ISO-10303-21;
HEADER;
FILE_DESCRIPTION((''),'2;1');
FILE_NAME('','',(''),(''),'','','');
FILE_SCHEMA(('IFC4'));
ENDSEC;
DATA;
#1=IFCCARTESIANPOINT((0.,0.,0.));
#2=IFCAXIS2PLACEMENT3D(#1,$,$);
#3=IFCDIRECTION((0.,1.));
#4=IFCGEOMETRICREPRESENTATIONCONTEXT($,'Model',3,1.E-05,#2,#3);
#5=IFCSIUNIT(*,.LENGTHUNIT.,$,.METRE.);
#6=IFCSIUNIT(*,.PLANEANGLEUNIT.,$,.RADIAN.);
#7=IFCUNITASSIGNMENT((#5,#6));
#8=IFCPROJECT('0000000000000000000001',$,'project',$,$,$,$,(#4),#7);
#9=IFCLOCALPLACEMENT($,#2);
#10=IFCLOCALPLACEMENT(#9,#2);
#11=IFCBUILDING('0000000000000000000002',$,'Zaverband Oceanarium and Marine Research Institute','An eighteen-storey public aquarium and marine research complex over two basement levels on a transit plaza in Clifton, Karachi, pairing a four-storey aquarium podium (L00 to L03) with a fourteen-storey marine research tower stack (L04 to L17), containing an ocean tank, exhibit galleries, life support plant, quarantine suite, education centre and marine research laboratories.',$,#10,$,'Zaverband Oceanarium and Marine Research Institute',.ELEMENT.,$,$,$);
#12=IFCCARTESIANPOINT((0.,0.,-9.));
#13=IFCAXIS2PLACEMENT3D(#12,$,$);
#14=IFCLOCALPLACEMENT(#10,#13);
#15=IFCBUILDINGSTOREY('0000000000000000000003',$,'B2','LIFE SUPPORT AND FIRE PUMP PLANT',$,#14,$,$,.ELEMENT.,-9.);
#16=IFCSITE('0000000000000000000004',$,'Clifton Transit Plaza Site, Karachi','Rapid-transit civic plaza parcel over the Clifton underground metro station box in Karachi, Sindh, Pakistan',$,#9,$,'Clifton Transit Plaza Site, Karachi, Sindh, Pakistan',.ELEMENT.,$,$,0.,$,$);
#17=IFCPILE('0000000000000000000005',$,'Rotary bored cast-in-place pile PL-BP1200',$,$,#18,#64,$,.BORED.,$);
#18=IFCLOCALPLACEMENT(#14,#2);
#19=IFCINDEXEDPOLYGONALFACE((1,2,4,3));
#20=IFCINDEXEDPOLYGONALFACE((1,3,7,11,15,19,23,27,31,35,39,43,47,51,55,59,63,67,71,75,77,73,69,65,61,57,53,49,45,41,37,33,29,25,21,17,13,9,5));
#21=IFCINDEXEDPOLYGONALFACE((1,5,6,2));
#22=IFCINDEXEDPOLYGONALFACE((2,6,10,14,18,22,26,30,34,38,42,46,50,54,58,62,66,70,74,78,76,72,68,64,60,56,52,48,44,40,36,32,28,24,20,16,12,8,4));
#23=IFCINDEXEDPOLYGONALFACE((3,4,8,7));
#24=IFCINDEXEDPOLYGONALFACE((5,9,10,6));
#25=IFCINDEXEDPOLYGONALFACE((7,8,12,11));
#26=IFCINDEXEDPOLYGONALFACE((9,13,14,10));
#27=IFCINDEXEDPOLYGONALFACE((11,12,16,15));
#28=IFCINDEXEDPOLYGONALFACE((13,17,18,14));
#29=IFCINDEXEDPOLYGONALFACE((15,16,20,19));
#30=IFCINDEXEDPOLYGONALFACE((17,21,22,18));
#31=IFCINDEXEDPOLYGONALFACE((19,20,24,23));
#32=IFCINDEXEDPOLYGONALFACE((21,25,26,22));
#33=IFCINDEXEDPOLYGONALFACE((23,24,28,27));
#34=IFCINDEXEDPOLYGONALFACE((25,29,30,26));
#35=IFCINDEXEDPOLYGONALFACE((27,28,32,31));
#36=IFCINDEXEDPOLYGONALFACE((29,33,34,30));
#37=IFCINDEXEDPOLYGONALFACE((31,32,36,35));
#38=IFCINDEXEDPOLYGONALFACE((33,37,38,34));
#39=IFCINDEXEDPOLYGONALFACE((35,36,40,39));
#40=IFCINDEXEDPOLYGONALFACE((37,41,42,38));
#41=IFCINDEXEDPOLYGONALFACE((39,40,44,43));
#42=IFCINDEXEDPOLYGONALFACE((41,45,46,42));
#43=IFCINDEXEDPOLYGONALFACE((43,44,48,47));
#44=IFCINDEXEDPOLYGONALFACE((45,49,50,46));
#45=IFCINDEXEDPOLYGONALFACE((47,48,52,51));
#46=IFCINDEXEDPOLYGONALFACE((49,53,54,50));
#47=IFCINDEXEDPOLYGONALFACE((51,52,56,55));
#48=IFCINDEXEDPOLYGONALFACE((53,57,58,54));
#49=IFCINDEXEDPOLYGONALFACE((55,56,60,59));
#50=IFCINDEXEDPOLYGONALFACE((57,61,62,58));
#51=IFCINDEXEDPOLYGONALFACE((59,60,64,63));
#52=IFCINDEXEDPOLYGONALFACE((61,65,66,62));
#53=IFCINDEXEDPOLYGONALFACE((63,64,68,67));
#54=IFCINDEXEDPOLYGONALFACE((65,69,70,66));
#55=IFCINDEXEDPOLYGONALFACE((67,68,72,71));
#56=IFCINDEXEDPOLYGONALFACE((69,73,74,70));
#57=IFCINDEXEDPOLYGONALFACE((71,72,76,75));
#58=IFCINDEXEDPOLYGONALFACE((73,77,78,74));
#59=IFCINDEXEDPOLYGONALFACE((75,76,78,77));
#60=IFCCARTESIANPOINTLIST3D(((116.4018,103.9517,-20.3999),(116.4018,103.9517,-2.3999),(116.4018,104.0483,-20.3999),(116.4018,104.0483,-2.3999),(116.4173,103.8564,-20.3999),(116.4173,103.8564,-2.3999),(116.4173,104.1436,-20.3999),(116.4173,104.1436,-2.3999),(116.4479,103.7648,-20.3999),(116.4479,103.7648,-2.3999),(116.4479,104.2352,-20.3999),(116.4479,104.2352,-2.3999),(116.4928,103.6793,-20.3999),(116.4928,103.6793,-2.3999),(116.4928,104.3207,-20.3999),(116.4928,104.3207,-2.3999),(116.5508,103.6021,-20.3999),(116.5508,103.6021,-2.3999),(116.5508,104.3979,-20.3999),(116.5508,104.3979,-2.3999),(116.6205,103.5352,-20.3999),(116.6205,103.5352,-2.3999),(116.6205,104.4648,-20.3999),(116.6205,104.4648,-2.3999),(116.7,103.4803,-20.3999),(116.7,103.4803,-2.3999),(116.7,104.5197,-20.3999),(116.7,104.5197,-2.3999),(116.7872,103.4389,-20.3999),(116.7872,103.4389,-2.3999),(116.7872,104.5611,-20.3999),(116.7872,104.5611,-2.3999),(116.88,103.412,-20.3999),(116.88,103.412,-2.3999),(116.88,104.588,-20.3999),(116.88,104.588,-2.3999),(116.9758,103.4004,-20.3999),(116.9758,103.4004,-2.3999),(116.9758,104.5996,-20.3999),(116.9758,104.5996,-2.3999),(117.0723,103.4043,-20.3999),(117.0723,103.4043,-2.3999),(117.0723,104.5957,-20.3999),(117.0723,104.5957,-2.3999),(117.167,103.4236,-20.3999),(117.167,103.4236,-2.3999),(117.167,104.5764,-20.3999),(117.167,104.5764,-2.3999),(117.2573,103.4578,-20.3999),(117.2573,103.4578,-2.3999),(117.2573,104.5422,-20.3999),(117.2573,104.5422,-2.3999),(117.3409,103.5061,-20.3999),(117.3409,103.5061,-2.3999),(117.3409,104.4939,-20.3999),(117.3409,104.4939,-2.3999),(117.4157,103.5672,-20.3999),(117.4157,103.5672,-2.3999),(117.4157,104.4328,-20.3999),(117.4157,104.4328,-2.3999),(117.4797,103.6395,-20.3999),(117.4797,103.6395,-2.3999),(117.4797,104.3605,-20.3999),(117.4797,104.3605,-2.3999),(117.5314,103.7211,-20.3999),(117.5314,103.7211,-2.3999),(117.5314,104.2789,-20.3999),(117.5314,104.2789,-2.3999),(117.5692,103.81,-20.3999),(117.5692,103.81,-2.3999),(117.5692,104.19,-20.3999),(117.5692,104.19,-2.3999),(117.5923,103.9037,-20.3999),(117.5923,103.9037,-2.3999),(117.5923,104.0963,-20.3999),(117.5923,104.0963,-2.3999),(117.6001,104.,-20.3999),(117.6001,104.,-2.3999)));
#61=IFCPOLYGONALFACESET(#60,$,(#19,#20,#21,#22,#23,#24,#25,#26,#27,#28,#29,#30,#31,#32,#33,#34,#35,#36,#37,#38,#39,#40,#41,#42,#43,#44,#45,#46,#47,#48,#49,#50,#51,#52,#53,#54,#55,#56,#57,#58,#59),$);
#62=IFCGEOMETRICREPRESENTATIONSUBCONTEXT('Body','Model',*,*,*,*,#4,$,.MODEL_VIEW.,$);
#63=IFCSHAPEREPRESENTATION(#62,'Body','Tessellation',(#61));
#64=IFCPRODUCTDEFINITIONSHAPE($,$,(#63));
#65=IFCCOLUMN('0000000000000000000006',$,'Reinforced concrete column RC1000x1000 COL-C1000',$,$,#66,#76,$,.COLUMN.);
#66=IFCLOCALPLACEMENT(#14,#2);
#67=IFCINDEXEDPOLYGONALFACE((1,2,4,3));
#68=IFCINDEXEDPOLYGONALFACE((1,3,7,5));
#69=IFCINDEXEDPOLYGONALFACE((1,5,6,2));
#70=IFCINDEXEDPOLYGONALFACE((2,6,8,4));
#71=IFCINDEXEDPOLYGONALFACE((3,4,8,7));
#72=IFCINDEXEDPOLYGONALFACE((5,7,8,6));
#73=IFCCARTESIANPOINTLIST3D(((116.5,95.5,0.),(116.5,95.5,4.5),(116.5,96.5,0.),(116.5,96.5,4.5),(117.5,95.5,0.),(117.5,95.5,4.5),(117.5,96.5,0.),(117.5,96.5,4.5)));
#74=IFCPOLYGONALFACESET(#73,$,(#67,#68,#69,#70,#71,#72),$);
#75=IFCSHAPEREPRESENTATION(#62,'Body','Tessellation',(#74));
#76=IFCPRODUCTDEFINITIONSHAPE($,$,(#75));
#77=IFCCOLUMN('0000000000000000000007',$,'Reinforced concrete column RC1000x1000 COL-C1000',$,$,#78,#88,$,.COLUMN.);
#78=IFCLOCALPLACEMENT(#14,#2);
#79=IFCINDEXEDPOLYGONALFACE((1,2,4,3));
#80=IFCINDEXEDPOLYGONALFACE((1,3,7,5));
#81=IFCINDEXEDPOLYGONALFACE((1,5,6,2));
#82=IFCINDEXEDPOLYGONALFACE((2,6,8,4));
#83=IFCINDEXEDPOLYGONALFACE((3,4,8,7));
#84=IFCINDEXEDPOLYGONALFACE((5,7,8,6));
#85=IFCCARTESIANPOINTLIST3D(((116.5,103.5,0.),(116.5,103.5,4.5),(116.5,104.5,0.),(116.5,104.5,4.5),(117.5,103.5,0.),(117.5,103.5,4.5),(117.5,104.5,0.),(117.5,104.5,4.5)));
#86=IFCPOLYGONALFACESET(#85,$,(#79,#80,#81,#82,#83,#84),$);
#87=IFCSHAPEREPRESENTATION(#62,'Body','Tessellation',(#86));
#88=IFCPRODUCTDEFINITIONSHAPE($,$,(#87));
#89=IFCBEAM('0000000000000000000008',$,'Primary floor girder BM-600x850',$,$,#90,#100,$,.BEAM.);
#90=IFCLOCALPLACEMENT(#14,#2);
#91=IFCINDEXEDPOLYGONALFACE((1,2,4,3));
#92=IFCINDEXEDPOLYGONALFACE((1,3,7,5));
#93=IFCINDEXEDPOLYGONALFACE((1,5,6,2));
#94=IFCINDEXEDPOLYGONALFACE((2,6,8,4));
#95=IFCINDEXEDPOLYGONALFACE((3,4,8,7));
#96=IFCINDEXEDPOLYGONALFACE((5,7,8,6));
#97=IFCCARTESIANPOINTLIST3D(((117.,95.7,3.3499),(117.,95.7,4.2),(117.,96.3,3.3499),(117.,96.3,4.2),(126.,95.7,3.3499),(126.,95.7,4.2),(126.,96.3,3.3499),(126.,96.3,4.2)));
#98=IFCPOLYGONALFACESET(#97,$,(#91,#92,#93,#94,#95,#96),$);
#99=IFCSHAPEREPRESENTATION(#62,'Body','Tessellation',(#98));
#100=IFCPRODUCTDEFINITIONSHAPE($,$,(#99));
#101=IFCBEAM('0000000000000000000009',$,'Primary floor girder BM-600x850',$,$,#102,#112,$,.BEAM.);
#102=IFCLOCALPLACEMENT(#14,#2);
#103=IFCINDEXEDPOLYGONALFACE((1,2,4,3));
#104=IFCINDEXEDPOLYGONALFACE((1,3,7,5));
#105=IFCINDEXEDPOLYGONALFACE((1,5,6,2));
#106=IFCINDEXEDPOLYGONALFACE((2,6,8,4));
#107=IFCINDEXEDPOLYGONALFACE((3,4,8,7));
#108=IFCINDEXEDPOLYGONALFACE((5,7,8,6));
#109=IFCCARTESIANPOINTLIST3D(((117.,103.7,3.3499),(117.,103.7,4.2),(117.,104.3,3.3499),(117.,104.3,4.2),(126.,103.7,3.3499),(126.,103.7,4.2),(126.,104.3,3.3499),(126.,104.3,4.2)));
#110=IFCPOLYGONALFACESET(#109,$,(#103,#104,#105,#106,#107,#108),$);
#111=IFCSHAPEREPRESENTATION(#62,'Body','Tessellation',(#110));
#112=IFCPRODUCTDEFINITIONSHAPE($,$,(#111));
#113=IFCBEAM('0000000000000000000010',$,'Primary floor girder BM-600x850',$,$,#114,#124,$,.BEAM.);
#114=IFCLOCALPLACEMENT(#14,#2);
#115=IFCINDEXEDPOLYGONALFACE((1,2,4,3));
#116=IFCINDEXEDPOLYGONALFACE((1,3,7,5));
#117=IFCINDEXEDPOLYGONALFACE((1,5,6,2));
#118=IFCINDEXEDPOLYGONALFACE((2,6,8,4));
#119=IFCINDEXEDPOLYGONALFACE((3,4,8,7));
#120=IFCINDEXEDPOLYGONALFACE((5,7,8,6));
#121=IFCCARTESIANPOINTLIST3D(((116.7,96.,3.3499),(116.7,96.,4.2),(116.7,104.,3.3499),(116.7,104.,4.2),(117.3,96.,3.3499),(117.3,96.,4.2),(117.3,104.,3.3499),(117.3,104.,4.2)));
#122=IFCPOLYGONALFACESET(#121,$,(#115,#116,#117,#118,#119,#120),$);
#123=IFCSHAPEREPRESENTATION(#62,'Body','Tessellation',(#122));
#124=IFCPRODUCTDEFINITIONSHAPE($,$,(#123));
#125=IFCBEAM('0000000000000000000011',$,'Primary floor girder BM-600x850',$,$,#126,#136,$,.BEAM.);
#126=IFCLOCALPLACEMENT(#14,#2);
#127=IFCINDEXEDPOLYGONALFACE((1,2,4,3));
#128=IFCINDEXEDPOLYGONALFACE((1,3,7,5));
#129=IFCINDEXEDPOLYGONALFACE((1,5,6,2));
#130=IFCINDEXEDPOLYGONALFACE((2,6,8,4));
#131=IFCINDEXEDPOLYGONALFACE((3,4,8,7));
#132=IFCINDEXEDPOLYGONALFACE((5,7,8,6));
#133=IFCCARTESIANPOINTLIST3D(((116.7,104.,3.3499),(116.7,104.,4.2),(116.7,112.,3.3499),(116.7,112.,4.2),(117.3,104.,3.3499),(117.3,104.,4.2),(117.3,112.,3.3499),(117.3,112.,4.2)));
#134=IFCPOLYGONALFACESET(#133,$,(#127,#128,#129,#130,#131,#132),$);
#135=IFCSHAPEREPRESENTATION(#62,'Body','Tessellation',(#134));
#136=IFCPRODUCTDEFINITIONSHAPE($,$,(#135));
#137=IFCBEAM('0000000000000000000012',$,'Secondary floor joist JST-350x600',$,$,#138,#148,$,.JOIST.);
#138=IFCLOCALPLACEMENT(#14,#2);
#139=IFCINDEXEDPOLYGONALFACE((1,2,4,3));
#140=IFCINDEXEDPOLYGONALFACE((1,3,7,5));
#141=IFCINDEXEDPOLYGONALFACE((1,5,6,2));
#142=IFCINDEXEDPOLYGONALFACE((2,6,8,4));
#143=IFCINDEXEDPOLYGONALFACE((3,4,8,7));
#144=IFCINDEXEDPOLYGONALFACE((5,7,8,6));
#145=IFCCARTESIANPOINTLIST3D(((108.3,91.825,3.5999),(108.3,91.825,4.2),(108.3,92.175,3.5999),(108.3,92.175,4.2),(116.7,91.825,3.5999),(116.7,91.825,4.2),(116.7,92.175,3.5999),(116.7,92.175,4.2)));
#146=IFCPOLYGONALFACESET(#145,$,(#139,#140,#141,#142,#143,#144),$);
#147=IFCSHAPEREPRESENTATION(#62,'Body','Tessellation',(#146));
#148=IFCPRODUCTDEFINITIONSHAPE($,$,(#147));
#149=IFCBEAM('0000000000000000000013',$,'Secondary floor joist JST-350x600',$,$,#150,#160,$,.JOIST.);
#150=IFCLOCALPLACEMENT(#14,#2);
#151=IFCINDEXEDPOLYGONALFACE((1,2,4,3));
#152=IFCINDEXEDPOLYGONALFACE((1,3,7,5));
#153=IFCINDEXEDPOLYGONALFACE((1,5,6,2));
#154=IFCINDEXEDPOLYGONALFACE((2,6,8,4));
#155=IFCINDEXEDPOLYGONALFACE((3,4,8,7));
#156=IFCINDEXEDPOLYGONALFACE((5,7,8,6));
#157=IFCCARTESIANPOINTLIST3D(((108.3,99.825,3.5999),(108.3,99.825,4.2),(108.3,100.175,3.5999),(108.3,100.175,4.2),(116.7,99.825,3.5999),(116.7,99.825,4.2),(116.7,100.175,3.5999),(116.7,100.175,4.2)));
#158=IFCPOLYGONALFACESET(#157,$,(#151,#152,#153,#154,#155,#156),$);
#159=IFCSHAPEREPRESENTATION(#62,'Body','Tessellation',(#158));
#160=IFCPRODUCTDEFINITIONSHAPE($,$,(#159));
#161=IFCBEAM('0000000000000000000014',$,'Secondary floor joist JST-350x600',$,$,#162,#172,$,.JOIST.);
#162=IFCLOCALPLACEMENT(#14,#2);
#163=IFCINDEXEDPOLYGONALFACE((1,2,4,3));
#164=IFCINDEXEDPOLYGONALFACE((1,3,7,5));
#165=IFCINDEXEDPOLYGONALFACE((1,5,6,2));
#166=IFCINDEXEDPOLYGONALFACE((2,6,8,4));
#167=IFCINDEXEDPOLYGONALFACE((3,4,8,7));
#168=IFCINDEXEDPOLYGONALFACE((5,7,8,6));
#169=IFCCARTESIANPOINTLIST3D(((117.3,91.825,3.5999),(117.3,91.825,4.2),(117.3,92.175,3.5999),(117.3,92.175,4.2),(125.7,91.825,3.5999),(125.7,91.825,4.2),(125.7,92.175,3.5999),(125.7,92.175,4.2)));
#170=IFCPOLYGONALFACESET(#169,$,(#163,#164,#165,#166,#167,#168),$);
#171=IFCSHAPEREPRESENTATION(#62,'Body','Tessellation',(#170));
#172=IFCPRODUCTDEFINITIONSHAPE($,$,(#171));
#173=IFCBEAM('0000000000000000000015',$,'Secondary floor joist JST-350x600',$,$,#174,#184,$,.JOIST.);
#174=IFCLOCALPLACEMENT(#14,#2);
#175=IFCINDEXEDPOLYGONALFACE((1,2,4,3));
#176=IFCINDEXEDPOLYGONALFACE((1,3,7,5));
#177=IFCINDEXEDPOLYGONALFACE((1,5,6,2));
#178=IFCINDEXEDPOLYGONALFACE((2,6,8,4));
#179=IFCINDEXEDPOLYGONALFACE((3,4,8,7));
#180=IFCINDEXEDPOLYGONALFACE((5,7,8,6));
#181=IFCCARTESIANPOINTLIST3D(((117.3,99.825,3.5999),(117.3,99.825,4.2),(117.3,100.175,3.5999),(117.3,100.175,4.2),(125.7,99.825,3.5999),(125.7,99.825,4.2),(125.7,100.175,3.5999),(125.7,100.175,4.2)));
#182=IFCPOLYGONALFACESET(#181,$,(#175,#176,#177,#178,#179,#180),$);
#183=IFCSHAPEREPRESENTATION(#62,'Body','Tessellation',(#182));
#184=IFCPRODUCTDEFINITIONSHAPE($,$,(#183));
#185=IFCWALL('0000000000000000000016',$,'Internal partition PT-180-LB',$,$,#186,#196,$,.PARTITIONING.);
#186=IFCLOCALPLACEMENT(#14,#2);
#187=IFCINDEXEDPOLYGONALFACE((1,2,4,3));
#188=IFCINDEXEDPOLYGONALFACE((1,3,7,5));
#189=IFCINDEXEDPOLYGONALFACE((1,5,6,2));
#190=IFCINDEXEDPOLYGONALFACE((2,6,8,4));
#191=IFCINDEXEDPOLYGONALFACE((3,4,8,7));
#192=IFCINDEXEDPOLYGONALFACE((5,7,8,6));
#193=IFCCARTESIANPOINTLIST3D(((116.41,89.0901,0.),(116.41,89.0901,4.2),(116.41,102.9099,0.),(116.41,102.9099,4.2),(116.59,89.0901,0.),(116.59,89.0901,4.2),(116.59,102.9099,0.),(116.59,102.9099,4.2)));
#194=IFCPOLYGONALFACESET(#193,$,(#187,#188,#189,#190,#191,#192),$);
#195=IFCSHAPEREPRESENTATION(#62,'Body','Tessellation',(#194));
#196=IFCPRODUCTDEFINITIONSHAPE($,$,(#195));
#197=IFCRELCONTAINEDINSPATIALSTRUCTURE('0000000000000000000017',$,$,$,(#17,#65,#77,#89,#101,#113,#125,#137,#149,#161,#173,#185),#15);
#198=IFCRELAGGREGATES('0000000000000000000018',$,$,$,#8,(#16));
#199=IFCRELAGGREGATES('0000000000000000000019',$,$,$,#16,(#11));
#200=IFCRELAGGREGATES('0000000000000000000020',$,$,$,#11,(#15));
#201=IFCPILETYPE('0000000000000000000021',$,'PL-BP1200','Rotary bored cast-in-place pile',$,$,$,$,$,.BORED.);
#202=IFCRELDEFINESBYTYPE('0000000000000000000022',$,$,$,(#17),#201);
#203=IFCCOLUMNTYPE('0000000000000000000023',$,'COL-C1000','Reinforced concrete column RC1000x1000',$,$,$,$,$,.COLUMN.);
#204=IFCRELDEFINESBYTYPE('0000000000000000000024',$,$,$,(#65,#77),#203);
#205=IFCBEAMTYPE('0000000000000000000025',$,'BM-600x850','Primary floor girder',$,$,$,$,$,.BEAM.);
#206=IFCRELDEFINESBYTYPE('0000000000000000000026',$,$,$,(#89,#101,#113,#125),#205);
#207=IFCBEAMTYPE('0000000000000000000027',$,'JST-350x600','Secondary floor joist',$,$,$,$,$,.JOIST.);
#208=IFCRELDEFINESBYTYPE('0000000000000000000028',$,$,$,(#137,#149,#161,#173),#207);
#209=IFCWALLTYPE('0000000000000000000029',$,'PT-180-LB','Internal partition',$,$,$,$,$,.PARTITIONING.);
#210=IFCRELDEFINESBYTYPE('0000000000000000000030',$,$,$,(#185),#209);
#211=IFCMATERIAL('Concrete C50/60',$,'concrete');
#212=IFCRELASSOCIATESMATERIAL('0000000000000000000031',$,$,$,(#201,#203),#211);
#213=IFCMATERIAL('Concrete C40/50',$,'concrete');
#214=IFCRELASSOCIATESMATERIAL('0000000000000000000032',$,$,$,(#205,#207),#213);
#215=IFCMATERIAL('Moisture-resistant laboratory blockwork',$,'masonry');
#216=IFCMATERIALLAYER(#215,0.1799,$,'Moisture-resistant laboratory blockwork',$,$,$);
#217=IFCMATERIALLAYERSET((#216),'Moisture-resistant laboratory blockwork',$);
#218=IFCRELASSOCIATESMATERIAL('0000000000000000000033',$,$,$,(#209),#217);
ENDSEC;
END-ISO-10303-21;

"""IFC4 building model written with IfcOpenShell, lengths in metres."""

from ifc_helpers import new_model, si_unit, direction, frame, frame_2d, origin, origin_2d, place, context, subcontext, project, spatial, rectangle, circle, extrude, material, layer, layer_set, material_profile, profile_set, type_object, element, save


model = new_model("IFC4")

# Units and contexts
model_context = context("Model", 3, precision=1e-05, world=origin(), true_north=direction((0.0, 1.0)))
body_context = subcontext(model_context, "Body", "Model", "MODEL_VIEW")
ifc_project = project(units=[si_unit("LENGTHUNIT", "METRE"), si_unit("PLANEANGLEUNIT", "RADIAN")], contexts=[model_context])

# Site, building, storey
site_placement = place(None, origin())
site = spatial("IfcSite", under=ifc_project, at=site_placement, Name="Clifton Transit Plaza Site, Karachi", Description="Rapid-transit civic plaza parcel over the Clifton underground metro station box in Karachi, Sindh, Pakistan", LongName="Clifton Transit Plaza Site, Karachi, Sindh, Pakistan", CompositionType="ELEMENT", RefElevation=0.0)
building_placement = place(site_placement, origin())
building = spatial("IfcBuilding", under=site, at=building_placement, Name="Zaverband Oceanarium and Marine Research Institute", Description="An eighteen-storey public aquarium and marine research complex over two basement levels on a transit plaza in Clifton, Karachi, pairing a four-storey aquarium podium (L00 to L03) with a fourteen-storey marine research tower stack (L04 to L17), containing an ocean tank, exhibit galleries, life support plant, quarantine suite, education centre and marine research laboratories.", LongName="Zaverband Oceanarium and Marine Research Institute", CompositionType="ELEMENT")
storey_placement = place(building_placement, frame((0.0, 0.0, -9.0)))
storey = spatial("IfcBuildingStorey", under=building, at=storey_placement, Name="B2", Description="LIFE SUPPORT AND FIRE PUMP PLANT", CompositionType="ELEMENT", Elevation=-9.0)

# Shared definitions
ifc_material_1 = material(Name="Concrete C50/60", Category="concrete")

# Pile
ifc_material_profile_1 = material_profile(ifc_material_1, circle(Radius=0.6001, at=origin_2d()), Name="BP1200")
ifc_profile_set_1 = profile_set([ifc_material_profile_1], Name="Concrete C50/60")
pile_type = type_object("IfcPileType", Name="PL-BP1200", Description="Rotary bored cast-in-place pile", PredefinedType="BORED", material=ifc_profile_set_1)
for number, where, z_axis, x_axis, name in (
    (1, (117.0, 104.0, -2.3999), (0.0, 0.0, -1.0), (1.0, 0.0, 0.0), "Rotary bored cast-in-place pile PL-BP1200"),
):
    element("IfcPile", number, at=place(storey_placement, frame(where, z_axis=z_axis, x_axis=x_axis)), inside=storey, type_object=pile_type, Name=name, PredefinedType="BORED", context=body_context, shape_type="SweptSolid", body=[
        extrude(circle(Radius=0.6001, at=origin_2d()), origin(), (0.0, 0.0, 1.0), 18.0),
    ])

# Columns
ifc_material_profile_2 = material_profile(ifc_material_1, rectangle(XDim=1.0, YDim=1.0, at=origin_2d()), Name="RC1000x1000")
ifc_profile_set_2 = profile_set([ifc_material_profile_2], Name="Concrete C50/60")
column_type = type_object("IfcColumnType", Name="COL-C1000", Description="Reinforced concrete column RC1000x1000", PredefinedType="COLUMN", material=ifc_profile_set_2)
for number, where, z_axis, x_axis, name in (
    (2, (117.0, 96.0, 0.0), (0.0, 0.0, 1.0), (1.0, 0.0, 0.0), "Reinforced concrete column RC1000x1000 COL-C1000"),
    (3, (117.0, 104.0, 0.0), (0.0, 0.0, 1.0), (1.0, 0.0, 0.0), "Reinforced concrete column RC1000x1000 COL-C1000"),
):
    element("IfcColumn", number, at=place(storey_placement, frame(where, z_axis=z_axis, x_axis=x_axis)), inside=storey, type_object=column_type, Name=name, PredefinedType="COLUMN", context=body_context, shape_type="SweptSolid", body=[
        extrude(rectangle(XDim=1.0, YDim=1.0, at=origin_2d()), origin(), (0.0, 0.0, 1.0), 4.5),
    ])

# Beams
ifc_material_2 = material(Name="Concrete C40/50", Category="concrete")
ifc_material_profile_3 = material_profile(ifc_material_2, rectangle(XDim=0.6001, YDim=0.8501, at=origin_2d()), Name="RC600x850")
ifc_profile_set_3 = profile_set([ifc_material_profile_3], Name="Concrete C40/50")
beam_type_1 = type_object("IfcBeamType", Name="BM-600x850", Description="Primary floor girder", PredefinedType="BEAM", material=ifc_profile_set_3)
for number, where, z_axis, x_axis, name in (
    (4, (117.0, 96.0, 3.7749), (1.0, 0.0, 0.0), (0.0, 1.0, 0.0), "Primary floor girder BM-600x850"),
    (5, (117.0, 104.0, 3.7749), (1.0, 0.0, 0.0), (0.0, 1.0, 0.0), "Primary floor girder BM-600x850"),
):
    element("IfcBeam", number, at=place(storey_placement, frame(where, z_axis=z_axis, x_axis=x_axis)), inside=storey, type_object=beam_type_1, Name=name, PredefinedType="BEAM", context=body_context, shape_type="SweptSolid", body=[
        extrude(rectangle(XDim=0.6001, YDim=0.8501, at=origin_2d()), origin(), (0.0, 0.0, 1.0), 9.0),
    ])
for number, where, z_axis, x_axis, name in (
    (6, (117.0, 96.0, 3.7749), (0.0, 1.0, 0.0), (-1.0, 0.0, 0.0), "Primary floor girder BM-600x850"),
    (7, (117.0, 104.0, 3.7749), (0.0, 1.0, 0.0), (-1.0, 0.0, 0.0), "Primary floor girder BM-600x850"),
):
    element("IfcBeam", number, at=place(storey_placement, frame(where, z_axis=z_axis, x_axis=x_axis)), inside=storey, type_object=beam_type_1, Name=name, PredefinedType="BEAM", context=body_context, shape_type="SweptSolid", body=[
        extrude(rectangle(XDim=0.6001, YDim=0.8501, at=origin_2d()), origin(), (0.0, 0.0, 1.0), 8.0),
    ])
ifc_material_profile_4 = material_profile(ifc_material_2, rectangle(XDim=0.3501, YDim=0.6001, at=origin_2d()), Name="RC350x600")
ifc_profile_set_4 = profile_set([ifc_material_profile_4], Name="Concrete C40/50")
beam_type_2 = type_object("IfcBeamType", Name="JST-350x600", Description="Secondary floor joist", PredefinedType="JOIST", material=ifc_profile_set_4)
for number, where, z_axis, x_axis, name in (
    (8, (108.3, 92.0, 3.8999), (1.0, 0.0, 0.0), (0.0, 1.0, 0.0), "Secondary floor joist JST-350x600"),
    (9, (108.3, 100.0, 3.8999), (1.0, 0.0, 0.0), (0.0, 1.0, 0.0), "Secondary floor joist JST-350x600"),
    (10, (117.3, 92.0, 3.8999), (1.0, 0.0, 0.0), (0.0, 1.0, 0.0), "Secondary floor joist JST-350x600"),
    (11, (117.3, 100.0, 3.8999), (1.0, 0.0, 0.0), (0.0, 1.0, 0.0), "Secondary floor joist JST-350x600"),
):
    element("IfcBeam", number, at=place(storey_placement, frame(where, z_axis=z_axis, x_axis=x_axis)), inside=storey, type_object=beam_type_2, Name=name, PredefinedType="JOIST", context=body_context, shape_type="SweptSolid", body=[
        extrude(rectangle(XDim=0.3501, YDim=0.6001, at=origin_2d()), origin(), (0.0, 0.0, 1.0), 8.3999),
    ])

# Wall
ifc_material_3 = material(Name="Moisture-resistant laboratory blockwork", Category="masonry")
ifc_layer_1 = layer(ifc_material_3, 0.1799, Name="Moisture-resistant laboratory blockwork")
ifc_layer_set_1 = layer_set([ifc_layer_1], Name="Moisture-resistant laboratory blockwork")
wall_type = type_object("IfcWallType", Name="PT-180-LB", Description="Internal partition", PredefinedType="PARTITIONING", material=ifc_layer_set_1)
wall_placement = place(storey_placement, frame((116.5, 89.0901, 0.0), z_axis=(0.0, 0.0, 1.0), x_axis=(0.0, 1.0, 0.0)))
element("IfcWall", 12, at=wall_placement, inside=storey, type_object=wall_type, Name="Internal partition PT-180-LB", PredefinedType="PARTITIONING", context=body_context, shape_type="SweptSolid", body=[
    extrude(rectangle(XDim=13.8198, YDim=0.1799, at=frame_2d((6.9099, 0.0))), origin(), (0.0, 0.0, 1.0), 4.2),
])

save(model, "model.ifc")
